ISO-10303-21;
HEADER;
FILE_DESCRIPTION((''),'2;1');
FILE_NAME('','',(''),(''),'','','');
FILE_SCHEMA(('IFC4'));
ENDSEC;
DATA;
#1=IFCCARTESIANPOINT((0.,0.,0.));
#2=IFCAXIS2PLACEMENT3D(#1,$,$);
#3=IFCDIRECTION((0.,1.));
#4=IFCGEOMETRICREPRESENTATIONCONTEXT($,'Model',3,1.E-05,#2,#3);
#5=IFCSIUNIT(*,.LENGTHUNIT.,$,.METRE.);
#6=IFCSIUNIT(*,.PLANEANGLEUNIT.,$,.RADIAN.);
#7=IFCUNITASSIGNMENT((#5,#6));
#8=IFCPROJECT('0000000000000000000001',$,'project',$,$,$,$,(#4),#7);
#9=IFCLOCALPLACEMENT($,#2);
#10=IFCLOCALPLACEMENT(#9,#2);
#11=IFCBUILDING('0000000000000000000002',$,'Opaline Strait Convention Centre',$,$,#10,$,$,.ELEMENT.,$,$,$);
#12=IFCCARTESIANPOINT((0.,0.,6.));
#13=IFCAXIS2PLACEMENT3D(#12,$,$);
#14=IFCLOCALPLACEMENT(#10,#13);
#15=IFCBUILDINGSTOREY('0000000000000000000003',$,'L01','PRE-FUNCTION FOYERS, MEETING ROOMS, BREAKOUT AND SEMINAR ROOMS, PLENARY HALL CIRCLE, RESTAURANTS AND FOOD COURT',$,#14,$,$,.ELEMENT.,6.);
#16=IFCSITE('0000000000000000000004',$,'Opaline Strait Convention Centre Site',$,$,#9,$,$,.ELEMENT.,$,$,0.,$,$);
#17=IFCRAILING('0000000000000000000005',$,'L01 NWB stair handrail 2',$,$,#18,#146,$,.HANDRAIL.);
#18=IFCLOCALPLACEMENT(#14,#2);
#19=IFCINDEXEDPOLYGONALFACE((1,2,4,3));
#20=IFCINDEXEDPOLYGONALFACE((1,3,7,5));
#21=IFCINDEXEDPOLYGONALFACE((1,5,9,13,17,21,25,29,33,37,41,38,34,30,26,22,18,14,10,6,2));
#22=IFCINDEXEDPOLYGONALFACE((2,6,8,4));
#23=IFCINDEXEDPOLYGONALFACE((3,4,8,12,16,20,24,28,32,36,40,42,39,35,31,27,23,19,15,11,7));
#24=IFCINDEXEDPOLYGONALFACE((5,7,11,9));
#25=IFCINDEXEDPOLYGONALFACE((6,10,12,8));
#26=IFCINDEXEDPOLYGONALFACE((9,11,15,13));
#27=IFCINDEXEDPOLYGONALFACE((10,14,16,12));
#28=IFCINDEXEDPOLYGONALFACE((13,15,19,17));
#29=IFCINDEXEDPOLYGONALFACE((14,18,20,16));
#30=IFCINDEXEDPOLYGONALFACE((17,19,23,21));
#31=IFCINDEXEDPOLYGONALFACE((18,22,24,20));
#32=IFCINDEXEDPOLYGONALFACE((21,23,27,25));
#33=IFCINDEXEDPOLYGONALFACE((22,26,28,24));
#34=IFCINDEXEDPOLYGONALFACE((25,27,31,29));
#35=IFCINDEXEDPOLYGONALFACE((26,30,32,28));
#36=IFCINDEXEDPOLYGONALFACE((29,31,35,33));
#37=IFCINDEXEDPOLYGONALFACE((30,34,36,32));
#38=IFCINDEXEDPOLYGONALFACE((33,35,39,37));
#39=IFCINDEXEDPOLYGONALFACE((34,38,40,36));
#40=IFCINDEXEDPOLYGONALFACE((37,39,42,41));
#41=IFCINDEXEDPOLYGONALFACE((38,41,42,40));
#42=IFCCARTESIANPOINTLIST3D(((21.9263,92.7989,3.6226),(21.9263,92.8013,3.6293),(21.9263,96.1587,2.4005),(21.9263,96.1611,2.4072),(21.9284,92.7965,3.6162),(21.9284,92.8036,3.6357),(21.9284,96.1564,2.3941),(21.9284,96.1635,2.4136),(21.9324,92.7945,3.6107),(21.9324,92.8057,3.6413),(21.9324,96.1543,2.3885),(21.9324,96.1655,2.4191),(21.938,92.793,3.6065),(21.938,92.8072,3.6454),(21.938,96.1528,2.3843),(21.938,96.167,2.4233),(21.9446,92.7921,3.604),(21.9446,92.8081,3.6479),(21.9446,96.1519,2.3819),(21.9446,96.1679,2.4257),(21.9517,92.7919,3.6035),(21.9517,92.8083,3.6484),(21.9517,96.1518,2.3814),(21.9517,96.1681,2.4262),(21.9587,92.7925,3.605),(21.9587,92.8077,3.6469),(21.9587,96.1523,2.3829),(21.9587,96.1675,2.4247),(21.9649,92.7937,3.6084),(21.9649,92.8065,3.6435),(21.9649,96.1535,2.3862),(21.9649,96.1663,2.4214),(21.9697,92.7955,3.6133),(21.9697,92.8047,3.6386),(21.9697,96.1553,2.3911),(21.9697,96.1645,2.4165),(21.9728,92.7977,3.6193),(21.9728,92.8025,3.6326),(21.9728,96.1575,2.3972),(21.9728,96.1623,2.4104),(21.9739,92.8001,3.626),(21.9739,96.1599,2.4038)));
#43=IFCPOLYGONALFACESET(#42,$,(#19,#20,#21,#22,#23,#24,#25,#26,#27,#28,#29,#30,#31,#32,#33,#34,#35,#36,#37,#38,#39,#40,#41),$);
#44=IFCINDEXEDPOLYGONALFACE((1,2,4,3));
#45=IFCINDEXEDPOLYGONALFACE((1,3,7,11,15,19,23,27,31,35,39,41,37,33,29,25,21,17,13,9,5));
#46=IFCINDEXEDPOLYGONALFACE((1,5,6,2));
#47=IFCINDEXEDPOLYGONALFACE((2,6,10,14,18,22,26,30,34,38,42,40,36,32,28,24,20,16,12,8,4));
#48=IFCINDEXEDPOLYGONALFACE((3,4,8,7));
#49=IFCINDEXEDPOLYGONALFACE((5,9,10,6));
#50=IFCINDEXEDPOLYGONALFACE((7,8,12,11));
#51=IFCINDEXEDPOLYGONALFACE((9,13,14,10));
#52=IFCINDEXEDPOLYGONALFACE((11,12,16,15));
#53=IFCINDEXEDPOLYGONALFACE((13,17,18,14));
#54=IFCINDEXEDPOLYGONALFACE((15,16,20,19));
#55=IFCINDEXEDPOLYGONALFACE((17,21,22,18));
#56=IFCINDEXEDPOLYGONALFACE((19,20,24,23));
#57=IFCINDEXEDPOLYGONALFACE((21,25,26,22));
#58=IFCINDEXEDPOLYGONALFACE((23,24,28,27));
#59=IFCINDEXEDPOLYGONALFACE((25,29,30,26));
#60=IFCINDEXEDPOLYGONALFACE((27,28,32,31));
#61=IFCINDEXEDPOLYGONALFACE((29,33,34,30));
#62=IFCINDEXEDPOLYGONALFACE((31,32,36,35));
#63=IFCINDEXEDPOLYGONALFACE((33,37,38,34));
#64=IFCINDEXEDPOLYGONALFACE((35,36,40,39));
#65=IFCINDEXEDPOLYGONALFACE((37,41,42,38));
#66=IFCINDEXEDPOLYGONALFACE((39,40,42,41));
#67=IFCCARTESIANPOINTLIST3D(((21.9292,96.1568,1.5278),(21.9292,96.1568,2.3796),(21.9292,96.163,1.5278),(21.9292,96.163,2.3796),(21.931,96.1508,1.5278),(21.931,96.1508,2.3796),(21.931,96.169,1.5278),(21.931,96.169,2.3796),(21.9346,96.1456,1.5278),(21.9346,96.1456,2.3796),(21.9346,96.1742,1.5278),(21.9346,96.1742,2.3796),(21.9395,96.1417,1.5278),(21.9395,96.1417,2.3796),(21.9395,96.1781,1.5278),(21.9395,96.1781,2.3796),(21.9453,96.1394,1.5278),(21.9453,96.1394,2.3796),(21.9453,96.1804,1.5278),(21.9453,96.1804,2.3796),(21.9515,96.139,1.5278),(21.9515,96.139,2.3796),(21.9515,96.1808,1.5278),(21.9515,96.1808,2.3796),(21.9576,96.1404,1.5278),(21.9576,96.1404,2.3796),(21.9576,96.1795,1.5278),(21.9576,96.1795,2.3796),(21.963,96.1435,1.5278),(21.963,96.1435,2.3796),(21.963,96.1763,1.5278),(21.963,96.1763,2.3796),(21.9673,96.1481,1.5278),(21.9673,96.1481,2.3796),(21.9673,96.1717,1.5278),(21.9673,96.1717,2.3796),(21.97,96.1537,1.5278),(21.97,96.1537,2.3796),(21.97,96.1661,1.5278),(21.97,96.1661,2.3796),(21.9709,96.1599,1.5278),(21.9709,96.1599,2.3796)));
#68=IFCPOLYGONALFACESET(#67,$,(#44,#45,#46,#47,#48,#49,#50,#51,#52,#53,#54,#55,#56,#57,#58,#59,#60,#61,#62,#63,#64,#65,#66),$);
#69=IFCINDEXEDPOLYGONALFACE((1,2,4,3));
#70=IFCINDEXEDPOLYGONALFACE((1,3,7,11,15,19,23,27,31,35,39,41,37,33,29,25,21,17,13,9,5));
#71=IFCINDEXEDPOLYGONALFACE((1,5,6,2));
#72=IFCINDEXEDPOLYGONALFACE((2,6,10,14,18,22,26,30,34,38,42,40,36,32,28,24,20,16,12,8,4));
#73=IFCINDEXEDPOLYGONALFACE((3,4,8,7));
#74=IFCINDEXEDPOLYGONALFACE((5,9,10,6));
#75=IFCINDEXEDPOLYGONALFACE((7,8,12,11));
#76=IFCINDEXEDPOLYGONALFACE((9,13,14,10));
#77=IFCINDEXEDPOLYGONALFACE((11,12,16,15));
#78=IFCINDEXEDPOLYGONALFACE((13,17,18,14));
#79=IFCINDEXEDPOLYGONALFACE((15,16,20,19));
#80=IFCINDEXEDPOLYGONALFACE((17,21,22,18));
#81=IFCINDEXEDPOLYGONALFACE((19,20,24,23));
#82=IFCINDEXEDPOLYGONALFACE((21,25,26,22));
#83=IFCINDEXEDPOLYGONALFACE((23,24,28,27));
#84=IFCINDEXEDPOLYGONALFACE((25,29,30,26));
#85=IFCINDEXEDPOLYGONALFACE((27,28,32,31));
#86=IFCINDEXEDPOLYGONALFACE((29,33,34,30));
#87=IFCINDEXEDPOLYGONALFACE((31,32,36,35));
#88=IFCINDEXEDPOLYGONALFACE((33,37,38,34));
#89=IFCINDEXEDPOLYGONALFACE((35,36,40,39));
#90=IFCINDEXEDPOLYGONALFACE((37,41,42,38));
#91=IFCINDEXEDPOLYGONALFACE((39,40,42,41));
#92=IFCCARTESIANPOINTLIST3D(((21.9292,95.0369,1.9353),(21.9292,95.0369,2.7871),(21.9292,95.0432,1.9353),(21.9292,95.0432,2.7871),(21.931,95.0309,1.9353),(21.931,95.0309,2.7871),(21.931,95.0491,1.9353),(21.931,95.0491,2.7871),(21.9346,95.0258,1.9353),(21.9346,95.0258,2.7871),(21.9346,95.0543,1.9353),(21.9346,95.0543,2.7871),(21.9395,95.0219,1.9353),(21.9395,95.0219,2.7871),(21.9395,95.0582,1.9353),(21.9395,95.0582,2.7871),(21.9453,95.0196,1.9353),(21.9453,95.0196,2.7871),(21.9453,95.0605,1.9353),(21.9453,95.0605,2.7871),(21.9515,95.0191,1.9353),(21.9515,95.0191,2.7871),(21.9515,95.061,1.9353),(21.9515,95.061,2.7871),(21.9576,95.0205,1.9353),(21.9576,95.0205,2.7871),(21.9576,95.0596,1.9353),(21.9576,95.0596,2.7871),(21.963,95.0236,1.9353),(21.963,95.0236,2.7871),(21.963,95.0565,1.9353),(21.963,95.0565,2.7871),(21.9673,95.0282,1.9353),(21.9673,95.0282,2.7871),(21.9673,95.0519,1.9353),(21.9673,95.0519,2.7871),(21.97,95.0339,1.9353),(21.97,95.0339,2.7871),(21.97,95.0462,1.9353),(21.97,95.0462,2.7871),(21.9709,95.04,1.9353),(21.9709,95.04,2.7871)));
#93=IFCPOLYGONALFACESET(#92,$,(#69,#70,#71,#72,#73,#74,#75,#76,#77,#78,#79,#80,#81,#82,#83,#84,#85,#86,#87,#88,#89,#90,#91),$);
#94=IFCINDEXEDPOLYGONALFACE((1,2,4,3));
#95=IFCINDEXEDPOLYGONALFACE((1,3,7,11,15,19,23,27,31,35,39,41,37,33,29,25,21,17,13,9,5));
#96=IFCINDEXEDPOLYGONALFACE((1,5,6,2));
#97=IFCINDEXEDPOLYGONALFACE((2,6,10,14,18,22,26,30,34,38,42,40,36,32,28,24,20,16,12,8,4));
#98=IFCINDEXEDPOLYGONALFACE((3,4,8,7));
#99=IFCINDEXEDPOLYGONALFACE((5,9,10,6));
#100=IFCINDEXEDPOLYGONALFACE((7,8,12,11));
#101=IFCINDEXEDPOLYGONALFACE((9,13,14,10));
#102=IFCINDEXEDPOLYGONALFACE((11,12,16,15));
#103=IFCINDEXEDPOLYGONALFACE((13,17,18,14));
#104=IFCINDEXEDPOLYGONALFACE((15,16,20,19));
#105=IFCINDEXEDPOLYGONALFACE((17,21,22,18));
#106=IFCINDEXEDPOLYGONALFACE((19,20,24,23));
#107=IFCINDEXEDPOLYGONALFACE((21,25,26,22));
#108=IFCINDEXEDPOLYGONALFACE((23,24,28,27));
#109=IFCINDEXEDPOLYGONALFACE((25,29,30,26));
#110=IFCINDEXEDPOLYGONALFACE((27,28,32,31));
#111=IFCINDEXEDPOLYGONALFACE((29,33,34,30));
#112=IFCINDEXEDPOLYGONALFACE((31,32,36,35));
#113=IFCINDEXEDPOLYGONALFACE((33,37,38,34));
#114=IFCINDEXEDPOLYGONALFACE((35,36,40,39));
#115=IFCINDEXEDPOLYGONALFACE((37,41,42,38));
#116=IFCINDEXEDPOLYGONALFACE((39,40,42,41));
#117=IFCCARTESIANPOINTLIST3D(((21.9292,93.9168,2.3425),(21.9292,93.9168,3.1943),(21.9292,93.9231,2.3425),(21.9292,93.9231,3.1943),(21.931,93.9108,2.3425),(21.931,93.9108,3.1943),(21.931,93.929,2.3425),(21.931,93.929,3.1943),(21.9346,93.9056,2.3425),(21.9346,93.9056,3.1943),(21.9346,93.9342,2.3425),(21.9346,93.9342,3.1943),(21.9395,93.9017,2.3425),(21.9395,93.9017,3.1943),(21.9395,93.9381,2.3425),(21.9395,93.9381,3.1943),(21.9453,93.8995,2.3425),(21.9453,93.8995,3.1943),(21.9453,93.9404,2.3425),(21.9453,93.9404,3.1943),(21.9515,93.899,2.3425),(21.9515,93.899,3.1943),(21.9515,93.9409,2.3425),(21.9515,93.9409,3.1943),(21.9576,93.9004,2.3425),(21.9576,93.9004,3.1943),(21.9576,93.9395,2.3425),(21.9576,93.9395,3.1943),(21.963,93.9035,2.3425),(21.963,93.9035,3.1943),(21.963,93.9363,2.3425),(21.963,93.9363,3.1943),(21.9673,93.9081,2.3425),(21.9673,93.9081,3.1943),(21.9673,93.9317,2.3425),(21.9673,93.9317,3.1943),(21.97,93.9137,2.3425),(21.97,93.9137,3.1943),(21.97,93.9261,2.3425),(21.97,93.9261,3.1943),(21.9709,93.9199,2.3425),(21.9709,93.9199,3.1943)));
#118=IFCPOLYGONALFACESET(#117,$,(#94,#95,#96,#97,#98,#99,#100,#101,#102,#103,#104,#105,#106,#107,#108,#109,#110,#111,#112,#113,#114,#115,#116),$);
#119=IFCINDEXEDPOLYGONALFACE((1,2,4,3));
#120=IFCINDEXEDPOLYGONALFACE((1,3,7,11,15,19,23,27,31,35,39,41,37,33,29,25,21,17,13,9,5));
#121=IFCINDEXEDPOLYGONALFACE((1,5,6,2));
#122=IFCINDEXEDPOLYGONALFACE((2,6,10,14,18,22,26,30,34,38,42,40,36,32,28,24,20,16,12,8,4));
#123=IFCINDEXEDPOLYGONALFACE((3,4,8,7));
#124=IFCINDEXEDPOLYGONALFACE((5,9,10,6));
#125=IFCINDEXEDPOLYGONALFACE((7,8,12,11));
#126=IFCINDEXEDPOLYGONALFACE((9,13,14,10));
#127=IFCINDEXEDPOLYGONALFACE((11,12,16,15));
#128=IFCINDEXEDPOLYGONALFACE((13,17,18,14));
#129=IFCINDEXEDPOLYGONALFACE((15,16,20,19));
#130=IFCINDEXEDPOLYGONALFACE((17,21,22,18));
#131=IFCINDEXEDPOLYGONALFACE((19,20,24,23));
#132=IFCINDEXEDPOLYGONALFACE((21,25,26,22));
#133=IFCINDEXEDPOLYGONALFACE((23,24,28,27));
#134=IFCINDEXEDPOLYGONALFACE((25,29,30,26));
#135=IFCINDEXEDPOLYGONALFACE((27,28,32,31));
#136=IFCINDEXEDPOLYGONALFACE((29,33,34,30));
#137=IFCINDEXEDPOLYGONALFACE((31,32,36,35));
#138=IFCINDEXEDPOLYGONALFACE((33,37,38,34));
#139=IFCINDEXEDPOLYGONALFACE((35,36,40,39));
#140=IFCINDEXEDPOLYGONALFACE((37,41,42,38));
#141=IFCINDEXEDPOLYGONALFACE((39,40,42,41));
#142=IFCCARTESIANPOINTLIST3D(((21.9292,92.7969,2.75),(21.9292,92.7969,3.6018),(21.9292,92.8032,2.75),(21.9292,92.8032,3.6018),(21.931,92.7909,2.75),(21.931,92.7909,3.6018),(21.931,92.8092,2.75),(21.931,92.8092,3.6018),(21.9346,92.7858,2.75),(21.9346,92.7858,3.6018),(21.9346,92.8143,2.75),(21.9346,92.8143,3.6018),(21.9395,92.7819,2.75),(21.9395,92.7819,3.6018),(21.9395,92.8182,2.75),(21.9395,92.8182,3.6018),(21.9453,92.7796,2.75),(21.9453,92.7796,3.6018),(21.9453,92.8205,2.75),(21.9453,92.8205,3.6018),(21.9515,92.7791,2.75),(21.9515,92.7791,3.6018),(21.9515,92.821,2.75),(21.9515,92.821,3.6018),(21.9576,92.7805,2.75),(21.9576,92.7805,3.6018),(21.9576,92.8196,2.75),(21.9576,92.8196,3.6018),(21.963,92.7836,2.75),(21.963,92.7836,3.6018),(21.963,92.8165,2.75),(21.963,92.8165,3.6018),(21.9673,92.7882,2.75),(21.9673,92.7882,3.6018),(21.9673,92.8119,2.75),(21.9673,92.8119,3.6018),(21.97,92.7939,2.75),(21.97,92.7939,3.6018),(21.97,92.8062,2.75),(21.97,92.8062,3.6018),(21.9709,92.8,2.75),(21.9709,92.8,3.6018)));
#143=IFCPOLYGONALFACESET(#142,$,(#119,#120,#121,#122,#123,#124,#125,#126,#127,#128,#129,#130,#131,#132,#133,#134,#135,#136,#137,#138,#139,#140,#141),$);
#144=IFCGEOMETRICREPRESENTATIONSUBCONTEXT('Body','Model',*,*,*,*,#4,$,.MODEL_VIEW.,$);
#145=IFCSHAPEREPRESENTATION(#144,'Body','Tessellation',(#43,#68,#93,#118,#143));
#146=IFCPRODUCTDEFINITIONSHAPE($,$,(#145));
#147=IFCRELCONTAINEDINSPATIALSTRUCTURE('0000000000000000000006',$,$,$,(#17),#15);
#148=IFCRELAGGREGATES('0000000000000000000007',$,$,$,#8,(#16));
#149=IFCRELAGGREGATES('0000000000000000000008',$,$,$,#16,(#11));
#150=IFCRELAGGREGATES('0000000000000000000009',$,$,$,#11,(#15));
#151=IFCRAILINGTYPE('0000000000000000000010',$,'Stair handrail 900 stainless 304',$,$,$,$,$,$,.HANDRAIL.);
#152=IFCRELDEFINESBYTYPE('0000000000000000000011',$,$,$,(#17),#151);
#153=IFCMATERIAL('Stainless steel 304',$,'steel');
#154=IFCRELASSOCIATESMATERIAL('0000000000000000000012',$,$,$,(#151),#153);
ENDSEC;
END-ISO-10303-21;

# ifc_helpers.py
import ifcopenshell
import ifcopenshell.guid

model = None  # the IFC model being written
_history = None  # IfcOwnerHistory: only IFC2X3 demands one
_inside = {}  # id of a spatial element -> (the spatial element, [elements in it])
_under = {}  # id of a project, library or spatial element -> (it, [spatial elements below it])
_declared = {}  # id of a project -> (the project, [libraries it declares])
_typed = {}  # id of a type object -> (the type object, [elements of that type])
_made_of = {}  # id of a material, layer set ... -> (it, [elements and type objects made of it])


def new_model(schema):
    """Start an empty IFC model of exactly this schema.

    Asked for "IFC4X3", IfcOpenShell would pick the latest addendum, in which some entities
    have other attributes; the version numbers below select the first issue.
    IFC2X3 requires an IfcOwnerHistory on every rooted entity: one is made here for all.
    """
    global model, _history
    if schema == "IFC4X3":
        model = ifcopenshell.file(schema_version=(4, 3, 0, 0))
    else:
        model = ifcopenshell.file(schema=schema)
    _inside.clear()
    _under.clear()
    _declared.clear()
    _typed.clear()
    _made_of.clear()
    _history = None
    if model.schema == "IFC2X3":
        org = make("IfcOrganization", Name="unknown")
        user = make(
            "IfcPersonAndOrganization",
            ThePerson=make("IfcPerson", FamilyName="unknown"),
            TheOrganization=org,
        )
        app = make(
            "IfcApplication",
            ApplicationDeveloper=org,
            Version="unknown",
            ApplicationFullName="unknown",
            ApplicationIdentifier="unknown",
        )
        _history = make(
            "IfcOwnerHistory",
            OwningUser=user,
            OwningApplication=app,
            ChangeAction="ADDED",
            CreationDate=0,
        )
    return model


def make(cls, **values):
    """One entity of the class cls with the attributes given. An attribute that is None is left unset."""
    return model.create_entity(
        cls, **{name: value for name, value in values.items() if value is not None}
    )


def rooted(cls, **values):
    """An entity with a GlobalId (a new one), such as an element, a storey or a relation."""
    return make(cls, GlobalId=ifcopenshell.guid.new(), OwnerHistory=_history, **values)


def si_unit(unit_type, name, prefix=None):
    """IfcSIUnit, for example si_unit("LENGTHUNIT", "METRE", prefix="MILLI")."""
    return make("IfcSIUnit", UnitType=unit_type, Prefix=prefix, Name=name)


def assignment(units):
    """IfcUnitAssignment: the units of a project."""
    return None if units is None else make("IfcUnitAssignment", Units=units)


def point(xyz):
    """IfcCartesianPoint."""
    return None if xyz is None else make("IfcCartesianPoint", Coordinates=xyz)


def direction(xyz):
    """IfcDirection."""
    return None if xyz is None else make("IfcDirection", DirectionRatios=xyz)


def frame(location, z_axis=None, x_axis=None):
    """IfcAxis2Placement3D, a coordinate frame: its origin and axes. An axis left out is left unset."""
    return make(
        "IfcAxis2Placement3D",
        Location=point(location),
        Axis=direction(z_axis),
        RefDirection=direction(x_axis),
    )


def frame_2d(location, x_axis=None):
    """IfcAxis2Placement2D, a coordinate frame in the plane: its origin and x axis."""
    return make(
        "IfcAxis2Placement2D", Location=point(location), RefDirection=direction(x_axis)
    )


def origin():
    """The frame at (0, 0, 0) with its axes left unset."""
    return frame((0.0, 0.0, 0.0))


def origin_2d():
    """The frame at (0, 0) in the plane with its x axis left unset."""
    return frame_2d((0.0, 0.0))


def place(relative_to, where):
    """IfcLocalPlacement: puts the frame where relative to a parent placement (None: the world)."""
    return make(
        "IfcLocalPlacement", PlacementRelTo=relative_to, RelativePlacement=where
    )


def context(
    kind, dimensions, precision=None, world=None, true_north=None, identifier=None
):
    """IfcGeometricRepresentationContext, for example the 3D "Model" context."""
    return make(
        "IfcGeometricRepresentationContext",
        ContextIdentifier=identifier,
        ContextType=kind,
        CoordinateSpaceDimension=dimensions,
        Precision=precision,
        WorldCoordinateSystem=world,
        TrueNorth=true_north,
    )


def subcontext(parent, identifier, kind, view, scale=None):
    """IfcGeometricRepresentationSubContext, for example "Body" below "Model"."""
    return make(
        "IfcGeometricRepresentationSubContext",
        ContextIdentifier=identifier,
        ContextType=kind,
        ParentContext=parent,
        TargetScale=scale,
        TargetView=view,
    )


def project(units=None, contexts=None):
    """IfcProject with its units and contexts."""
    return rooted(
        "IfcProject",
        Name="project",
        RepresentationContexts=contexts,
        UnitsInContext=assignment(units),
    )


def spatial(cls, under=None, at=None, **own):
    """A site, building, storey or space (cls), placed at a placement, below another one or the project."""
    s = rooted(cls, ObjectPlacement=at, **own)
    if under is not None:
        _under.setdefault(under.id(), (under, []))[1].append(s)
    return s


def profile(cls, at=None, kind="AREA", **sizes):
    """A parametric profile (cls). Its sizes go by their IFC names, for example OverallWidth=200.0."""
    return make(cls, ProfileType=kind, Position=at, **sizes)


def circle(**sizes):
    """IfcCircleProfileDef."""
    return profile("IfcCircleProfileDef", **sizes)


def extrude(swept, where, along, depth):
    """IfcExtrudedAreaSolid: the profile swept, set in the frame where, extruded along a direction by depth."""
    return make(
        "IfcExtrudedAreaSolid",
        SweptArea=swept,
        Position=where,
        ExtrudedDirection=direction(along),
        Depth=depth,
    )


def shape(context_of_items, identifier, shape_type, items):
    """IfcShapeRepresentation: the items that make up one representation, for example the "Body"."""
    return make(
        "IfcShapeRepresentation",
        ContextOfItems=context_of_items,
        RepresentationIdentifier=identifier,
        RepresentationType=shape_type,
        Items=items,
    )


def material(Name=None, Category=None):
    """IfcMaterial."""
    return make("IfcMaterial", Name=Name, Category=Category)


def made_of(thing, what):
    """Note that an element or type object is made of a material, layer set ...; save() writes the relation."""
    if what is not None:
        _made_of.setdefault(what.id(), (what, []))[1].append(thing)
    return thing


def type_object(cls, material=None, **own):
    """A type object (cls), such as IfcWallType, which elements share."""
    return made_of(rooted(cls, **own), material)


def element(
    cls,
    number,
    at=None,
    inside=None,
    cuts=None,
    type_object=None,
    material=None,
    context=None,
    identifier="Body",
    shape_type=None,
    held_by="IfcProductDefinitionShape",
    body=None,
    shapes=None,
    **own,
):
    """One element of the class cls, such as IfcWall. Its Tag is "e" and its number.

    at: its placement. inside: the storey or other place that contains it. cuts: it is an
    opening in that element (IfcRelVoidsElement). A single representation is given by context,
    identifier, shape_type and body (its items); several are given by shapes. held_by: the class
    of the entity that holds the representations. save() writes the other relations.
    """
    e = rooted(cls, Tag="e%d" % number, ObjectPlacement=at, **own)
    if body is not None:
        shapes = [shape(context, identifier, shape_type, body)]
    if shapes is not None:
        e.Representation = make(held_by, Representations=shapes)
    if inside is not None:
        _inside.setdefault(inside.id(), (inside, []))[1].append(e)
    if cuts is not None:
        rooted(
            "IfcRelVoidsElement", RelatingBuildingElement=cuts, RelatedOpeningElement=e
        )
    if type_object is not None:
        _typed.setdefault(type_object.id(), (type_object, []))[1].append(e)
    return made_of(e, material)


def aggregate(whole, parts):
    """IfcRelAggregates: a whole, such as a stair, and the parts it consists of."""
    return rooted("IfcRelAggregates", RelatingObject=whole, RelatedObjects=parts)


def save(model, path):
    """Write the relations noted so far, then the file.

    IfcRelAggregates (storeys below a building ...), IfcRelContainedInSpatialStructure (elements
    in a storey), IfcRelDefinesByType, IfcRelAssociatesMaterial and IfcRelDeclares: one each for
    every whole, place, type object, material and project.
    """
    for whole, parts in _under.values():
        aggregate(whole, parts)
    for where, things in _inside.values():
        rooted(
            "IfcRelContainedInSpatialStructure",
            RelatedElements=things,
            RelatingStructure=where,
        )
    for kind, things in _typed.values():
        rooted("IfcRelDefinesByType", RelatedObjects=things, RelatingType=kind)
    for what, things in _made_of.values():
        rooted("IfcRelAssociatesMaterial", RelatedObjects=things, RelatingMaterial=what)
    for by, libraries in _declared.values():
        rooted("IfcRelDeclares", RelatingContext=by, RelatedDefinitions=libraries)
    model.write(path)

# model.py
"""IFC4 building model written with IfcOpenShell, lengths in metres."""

from ifc_helpers import new_model, si_unit, direction, frame, origin, origin_2d, place, context, subcontext, project, spatial, circle, extrude, material, type_object, element, save


model = new_model("IFC4")

# Units and contexts
model_context = context("Model", 3, precision=1e-05, world=origin(), true_north=direction((0.0, 1.0)))
body_context = subcontext(model_context, "Body", "Model", "MODEL_VIEW")
ifc_project = project(units=[si_unit("LENGTHUNIT", "METRE"), si_unit("PLANEANGLEUNIT", "RADIAN")], contexts=[model_context])

# Site, building, storey
site_placement = place(None, origin())
site = spatial("IfcSite", under=ifc_project, at=site_placement, Name="Opaline Strait Convention Centre Site", CompositionType="ELEMENT", RefElevation=0.0)
building_placement = place(site_placement, origin())
building = spatial("IfcBuilding", under=site, at=building_placement, Name="Opaline Strait Convention Centre", CompositionType="ELEMENT")
storey_placement = place(building_placement, frame((0.0, 0.0, 6.0)))
storey = spatial("IfcBuildingStorey", under=building, at=storey_placement, Name="L01", Description="PRE-FUNCTION FOYERS, MEETING ROOMS, BREAKOUT AND SEMINAR ROOMS, PLENARY HALL CIRCLE, RESTAURANTS AND FOOD COURT", CompositionType="ELEMENT", Elevation=6.0)

# Railing
ifc_material_1 = material(Name="Stainless steel 304", Category="steel")
railing_type_1 = type_object("IfcRailingType", Name="Stair handrail 900 stainless 304", PredefinedType="HANDRAIL", material=ifc_material_1)
for number, where, name in (
    (1, (21.95, 96.1599, 1.5278), "L01 NWB stair handrail 2"),
):
    element("IfcRailing", number, at=place(storey_placement, frame(where)), inside=storey, type_object=railing_type_1, Name=name, PredefinedType="HANDRAIL", context=body_context, shape_type="SweptSolid", body=[
        extrude(circle(Radius=0.0239, at=origin_2d()), frame((0.0, 0.0, 0.876), z_axis=(0.0, -0.939758, 0.341842), x_axis=(1.0, 0.0, 0.0)), (0.0, 0.0, 1.0), 3.5752),
        extrude(circle(Radius=0.021, at=origin_2d()), origin(), (0.0, 0.0, 1.0), 0.8518),
        extrude(circle(Radius=0.021, at=origin_2d()), frame((0.0, -1.1199, 0.4075)), (0.0, 0.0, 1.0), 0.8518),
        extrude(circle(Radius=0.021, at=origin_2d()), frame((0.0, -2.24, 0.8147)), (0.0, 0.0, 1.0), 0.8518),
        extrude(circle(Radius=0.021, at=origin_2d()), frame((0.0, -3.3599, 1.2222)), (0.0, 0.0, 1.0), 0.8518),
    ])

save(model, "model.ifc")
